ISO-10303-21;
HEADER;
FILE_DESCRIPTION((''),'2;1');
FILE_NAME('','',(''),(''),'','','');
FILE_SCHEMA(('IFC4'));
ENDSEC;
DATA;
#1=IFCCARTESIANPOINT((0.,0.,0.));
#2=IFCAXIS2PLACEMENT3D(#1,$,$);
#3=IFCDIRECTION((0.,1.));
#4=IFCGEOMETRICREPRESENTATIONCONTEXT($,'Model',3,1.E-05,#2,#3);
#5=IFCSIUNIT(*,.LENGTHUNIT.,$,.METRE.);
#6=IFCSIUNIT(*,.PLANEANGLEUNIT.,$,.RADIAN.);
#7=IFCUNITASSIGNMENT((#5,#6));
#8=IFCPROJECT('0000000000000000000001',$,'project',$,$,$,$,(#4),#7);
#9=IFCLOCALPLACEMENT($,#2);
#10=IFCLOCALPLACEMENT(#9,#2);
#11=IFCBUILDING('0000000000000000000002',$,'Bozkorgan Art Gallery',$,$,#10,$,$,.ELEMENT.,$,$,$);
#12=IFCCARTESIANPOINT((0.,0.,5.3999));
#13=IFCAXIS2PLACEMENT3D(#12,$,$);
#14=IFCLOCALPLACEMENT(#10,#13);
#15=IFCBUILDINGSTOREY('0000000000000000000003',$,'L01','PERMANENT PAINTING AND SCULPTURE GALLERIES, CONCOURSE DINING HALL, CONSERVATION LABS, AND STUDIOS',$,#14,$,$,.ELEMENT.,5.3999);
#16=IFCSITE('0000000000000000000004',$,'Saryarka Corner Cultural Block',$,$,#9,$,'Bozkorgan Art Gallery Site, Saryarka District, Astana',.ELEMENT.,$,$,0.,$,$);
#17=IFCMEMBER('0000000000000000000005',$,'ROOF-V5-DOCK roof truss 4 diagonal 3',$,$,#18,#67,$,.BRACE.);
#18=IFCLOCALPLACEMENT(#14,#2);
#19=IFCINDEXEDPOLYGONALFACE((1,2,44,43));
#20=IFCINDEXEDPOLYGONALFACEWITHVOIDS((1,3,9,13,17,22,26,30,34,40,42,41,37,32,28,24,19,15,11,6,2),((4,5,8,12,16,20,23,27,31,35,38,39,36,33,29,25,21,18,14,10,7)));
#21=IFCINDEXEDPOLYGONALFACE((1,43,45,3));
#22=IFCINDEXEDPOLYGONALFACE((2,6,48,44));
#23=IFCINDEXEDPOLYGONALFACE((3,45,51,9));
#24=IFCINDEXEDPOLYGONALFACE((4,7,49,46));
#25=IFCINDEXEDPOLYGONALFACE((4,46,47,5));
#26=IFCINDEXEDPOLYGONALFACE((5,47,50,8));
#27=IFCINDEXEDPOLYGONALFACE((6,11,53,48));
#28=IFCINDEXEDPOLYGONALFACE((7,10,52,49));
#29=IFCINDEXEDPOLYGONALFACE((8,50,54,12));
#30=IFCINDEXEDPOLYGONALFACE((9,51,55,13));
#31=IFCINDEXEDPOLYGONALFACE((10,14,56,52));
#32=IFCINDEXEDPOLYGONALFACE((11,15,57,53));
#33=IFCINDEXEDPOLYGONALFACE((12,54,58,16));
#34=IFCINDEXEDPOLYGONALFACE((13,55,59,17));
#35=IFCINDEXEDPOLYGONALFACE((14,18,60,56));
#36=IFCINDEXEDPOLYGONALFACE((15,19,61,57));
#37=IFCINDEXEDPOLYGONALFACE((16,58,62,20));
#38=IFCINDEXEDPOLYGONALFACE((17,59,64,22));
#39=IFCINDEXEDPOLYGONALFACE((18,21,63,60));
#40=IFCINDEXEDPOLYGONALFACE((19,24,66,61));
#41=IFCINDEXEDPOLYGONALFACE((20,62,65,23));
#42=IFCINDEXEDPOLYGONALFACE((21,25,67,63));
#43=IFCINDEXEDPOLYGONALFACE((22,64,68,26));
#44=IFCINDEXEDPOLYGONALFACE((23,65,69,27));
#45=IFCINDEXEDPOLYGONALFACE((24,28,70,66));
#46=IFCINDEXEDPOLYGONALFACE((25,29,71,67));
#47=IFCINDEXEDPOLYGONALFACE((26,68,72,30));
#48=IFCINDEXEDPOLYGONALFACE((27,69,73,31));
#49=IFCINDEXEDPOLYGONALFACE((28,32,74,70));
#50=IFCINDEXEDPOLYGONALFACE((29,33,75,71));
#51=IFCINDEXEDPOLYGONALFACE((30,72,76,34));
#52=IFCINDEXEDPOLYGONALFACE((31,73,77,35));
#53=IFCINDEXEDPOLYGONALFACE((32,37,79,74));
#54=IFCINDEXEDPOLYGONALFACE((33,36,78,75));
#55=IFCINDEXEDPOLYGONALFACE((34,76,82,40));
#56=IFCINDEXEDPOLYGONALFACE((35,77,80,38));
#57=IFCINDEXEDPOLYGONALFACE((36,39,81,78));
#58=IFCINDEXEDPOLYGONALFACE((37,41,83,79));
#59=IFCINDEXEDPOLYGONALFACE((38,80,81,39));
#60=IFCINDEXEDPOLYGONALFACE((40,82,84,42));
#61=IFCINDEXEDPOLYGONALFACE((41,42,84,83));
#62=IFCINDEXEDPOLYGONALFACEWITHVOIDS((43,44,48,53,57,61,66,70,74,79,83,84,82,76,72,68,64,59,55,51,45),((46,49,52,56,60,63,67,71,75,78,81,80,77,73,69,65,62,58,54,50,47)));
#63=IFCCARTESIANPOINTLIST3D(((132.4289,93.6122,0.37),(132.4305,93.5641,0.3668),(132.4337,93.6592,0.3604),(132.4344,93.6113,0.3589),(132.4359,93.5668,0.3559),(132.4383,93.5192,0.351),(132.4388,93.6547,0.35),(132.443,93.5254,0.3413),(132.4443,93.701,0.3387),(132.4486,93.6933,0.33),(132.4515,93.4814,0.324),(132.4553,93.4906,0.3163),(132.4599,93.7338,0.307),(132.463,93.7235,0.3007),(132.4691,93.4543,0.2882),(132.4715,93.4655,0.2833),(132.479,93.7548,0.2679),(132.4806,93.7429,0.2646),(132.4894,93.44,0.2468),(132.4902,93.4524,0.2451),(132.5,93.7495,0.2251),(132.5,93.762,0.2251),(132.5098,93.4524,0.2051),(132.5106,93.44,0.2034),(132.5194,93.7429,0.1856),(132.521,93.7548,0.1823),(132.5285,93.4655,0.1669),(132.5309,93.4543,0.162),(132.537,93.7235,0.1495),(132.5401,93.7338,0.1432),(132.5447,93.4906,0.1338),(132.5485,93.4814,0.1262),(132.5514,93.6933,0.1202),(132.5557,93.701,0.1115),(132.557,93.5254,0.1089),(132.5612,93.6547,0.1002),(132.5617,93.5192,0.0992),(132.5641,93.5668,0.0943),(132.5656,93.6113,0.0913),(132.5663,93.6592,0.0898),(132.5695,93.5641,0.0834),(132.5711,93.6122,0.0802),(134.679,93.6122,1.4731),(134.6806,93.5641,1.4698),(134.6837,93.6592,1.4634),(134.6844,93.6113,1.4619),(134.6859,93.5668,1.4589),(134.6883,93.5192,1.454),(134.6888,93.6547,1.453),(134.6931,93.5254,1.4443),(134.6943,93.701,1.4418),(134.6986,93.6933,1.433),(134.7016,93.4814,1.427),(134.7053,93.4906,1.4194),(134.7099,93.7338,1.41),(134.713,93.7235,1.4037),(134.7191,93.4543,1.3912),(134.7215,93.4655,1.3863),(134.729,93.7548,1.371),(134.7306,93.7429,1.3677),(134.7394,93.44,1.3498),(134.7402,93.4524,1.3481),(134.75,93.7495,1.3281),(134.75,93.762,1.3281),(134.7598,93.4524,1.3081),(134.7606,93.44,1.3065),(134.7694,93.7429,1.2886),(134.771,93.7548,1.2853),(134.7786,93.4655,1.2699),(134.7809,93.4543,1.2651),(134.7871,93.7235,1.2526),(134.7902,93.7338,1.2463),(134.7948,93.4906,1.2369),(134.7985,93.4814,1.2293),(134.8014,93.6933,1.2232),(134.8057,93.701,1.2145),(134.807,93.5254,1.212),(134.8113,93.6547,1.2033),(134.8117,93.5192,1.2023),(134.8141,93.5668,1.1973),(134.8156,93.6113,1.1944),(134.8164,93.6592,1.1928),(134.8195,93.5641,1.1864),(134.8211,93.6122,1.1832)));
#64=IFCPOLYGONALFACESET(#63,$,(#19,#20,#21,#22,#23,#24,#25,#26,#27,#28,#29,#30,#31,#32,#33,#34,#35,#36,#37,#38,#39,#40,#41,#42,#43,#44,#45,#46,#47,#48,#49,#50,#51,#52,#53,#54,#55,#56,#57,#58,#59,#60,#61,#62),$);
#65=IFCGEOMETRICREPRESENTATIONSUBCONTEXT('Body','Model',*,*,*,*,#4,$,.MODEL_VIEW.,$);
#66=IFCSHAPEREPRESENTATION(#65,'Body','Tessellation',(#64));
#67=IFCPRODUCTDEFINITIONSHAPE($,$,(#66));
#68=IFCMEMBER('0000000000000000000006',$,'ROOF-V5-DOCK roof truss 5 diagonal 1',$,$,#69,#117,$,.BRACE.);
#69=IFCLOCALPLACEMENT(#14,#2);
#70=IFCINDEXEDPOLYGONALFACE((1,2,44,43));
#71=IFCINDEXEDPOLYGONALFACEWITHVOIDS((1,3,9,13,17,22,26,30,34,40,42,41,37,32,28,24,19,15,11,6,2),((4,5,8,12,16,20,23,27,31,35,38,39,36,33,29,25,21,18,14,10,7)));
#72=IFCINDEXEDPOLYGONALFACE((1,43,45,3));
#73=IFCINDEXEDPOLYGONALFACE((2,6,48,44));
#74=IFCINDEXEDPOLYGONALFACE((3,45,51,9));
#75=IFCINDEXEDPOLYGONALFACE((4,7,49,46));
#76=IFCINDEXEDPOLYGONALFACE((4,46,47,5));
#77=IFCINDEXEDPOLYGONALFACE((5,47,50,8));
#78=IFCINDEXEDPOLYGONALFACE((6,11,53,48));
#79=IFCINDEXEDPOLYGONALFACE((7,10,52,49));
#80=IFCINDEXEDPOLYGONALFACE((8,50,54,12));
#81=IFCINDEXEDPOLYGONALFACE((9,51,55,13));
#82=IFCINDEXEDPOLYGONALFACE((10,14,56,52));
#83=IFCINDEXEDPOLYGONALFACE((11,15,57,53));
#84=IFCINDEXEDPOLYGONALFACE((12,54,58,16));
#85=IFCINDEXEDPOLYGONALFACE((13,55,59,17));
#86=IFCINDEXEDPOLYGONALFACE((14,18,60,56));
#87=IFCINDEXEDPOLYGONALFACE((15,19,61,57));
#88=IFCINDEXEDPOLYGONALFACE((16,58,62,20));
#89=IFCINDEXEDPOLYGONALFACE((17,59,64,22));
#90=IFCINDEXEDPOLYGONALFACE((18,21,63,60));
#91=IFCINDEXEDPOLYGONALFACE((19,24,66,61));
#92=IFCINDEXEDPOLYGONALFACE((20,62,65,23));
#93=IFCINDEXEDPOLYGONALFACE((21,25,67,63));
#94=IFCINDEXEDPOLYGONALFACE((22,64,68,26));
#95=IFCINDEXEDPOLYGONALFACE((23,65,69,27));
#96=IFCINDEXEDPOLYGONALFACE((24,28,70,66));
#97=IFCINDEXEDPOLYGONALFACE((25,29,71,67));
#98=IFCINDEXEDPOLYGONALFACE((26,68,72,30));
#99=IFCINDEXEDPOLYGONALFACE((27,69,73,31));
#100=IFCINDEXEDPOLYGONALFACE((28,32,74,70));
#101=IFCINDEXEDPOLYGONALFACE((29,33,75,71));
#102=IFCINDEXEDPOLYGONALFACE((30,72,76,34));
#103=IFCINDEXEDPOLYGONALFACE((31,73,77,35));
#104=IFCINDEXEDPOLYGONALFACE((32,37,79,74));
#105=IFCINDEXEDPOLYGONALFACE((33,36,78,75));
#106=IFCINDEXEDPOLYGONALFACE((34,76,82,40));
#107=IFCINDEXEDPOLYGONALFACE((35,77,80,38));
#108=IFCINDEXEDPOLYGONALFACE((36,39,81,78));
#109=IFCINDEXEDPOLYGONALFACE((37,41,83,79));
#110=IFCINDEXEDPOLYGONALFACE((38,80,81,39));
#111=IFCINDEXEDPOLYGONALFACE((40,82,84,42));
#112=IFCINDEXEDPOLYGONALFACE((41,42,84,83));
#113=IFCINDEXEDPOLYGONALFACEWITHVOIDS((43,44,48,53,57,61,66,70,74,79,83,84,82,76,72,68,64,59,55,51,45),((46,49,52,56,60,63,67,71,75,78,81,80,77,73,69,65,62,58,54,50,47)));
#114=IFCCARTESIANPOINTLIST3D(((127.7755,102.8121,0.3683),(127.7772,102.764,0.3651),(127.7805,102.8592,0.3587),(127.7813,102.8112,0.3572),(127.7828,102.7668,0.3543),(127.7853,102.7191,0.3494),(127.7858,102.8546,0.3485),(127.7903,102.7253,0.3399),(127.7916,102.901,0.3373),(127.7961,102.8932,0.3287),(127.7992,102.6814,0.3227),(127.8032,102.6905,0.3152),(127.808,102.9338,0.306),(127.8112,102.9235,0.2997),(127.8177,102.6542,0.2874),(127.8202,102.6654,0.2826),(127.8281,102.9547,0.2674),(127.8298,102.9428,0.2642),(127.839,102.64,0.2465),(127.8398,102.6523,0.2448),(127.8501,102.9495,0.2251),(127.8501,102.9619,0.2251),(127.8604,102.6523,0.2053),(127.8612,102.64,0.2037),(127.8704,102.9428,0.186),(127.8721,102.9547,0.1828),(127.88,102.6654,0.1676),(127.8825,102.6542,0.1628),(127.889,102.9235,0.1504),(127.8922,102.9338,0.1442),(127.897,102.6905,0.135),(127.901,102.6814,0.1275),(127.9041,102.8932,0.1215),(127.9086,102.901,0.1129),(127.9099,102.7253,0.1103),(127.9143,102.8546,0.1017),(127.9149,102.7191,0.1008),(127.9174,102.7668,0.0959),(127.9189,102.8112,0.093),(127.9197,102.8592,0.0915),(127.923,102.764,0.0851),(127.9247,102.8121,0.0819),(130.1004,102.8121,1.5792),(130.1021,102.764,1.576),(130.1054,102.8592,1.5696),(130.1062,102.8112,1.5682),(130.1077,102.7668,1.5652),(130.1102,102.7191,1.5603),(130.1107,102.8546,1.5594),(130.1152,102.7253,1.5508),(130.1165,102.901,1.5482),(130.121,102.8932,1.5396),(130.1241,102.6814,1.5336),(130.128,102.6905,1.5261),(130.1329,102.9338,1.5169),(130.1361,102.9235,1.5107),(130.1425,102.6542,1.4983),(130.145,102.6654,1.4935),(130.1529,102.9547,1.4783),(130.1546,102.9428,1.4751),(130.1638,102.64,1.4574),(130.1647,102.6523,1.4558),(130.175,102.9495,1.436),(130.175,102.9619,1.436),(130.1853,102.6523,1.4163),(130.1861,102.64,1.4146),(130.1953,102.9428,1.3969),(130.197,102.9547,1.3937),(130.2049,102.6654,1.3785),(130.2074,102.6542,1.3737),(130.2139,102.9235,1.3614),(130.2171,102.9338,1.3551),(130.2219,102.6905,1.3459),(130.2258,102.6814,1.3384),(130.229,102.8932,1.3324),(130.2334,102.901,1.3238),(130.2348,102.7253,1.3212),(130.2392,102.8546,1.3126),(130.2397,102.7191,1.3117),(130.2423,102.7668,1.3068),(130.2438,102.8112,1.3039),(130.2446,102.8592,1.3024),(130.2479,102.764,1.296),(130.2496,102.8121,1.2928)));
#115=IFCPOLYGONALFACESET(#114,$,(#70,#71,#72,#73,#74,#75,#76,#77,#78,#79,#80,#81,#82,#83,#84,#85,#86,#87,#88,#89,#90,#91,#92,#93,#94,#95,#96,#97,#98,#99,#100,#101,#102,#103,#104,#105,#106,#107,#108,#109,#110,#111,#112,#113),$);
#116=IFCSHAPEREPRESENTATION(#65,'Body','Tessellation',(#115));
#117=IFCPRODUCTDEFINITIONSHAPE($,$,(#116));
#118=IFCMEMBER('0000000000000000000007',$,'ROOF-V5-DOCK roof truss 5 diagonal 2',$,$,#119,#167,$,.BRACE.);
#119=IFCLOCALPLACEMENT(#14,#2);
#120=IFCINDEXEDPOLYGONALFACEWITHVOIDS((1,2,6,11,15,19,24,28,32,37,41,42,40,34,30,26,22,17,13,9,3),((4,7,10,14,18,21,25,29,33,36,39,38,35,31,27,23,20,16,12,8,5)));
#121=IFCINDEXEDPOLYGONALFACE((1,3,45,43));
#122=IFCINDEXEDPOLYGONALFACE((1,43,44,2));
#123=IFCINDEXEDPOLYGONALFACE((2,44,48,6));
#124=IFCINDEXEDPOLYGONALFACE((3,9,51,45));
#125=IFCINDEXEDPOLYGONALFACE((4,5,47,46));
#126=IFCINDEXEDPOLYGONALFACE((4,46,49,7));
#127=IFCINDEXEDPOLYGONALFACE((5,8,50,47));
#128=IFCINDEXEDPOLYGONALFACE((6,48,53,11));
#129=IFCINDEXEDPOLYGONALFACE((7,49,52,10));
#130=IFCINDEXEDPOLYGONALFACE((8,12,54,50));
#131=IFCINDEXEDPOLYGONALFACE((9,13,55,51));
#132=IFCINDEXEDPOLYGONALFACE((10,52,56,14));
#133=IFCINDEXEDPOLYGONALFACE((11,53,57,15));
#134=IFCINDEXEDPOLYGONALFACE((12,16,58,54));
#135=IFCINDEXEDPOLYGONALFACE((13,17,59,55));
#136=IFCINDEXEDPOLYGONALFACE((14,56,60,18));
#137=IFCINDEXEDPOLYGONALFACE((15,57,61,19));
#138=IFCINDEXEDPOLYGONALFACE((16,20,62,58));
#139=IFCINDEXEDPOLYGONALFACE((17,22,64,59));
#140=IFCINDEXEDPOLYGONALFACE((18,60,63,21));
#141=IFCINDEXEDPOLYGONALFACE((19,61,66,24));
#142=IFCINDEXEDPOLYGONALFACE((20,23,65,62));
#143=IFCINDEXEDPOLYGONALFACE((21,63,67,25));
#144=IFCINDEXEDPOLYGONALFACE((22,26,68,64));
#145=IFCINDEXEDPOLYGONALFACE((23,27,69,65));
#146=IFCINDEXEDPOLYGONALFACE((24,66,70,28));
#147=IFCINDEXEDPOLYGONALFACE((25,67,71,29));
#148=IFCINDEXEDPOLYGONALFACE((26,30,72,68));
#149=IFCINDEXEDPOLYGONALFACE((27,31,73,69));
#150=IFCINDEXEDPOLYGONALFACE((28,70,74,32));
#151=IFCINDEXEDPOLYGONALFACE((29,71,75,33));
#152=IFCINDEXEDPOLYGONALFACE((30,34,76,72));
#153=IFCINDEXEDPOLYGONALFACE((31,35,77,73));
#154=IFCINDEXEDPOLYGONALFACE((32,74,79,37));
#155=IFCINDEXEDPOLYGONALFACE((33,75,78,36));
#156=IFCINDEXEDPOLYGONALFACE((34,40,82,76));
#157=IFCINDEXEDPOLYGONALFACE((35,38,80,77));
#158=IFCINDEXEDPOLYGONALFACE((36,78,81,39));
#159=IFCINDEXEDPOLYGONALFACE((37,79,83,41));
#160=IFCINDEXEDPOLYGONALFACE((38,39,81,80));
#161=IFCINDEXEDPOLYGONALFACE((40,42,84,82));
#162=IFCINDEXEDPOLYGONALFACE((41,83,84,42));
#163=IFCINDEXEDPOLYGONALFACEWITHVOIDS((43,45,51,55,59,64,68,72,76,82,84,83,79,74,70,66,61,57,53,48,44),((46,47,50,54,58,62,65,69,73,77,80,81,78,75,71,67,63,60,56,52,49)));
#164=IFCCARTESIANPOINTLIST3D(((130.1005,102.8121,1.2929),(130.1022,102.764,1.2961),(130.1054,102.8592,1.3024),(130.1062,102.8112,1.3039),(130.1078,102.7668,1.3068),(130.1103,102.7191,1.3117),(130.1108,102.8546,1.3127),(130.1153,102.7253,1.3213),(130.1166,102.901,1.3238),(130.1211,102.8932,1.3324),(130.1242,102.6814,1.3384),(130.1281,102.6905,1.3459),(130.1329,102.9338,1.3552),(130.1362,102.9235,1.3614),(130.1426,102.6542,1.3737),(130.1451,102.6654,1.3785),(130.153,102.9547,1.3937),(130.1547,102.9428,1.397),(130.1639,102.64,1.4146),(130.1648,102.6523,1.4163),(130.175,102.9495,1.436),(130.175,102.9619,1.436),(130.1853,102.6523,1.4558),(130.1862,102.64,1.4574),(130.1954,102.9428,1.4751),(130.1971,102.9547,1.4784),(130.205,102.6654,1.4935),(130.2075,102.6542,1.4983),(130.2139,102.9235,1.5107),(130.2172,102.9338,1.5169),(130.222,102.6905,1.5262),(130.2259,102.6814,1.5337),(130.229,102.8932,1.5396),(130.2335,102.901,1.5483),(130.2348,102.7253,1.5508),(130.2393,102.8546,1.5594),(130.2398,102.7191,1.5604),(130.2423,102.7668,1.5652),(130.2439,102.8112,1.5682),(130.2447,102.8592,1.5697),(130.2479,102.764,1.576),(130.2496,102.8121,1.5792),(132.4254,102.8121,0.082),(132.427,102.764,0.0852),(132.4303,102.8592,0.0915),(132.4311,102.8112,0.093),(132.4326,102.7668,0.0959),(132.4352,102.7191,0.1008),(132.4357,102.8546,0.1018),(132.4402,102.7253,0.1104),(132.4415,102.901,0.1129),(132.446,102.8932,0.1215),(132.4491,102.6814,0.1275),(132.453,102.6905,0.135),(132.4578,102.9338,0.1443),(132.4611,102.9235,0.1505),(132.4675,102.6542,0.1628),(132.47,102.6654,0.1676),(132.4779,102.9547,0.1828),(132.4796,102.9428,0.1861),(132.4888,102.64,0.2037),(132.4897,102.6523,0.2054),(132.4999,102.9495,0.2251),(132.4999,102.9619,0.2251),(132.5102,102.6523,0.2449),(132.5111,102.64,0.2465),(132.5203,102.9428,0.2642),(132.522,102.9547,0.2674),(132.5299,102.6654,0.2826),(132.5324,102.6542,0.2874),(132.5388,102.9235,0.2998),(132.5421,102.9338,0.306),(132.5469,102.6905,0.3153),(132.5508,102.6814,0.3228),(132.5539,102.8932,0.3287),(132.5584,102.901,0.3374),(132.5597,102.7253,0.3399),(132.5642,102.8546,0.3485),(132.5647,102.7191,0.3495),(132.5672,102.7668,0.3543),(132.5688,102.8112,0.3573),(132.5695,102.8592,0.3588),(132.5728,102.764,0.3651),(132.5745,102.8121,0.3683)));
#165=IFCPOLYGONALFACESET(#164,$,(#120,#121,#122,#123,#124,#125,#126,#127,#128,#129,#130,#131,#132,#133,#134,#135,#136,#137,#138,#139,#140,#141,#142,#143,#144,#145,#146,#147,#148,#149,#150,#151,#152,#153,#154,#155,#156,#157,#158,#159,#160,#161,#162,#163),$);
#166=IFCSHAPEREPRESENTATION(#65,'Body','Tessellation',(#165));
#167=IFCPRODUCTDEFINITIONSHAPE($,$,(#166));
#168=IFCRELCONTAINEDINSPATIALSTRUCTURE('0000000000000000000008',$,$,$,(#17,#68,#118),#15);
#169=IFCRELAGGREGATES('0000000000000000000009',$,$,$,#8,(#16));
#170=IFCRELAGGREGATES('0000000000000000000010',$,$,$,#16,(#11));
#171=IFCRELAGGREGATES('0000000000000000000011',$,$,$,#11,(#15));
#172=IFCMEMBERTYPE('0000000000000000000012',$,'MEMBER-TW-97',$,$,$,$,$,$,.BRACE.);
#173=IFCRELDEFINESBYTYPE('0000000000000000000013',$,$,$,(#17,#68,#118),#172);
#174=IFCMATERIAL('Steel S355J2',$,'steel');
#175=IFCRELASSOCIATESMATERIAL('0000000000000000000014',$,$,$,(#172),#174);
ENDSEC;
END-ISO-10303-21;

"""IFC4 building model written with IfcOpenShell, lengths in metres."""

from ifc_helpers import new_model, si_unit, direction, frame, origin, origin_2d, place, context, subcontext, project, spatial, hollow_circle, extrude, material, material_profile, profile_set, type_object, element, save


model = new_model("IFC4")

# Units and contexts
model_context = context("Model", 3, precision=1e-05, world=origin(), true_north=direction((0.0, 1.0)))
body_context = subcontext(model_context, "Body", "Model", "MODEL_VIEW")
ifc_project = project(units=[si_unit("LENGTHUNIT", "METRE"), si_unit("PLANEANGLEUNIT", "RADIAN")], contexts=[model_context])

# Site, building, storey
site_placement = place(None, origin())
site = spatial("IfcSite", under=ifc_project, at=site_placement, Name="Saryarka Corner Cultural Block", LongName="Bozkorgan Art Gallery Site, Saryarka District, Astana", CompositionType="ELEMENT", RefElevation=0.0)
building_placement = place(site_placement, origin())
building = spatial("IfcBuilding", under=site, at=building_placement, Name="Bozkorgan Art Gallery", CompositionType="ELEMENT")
storey_placement = place(building_placement, frame((0.0, 0.0, 5.3999)))
storey = spatial("IfcBuildingStorey", under=building, at=storey_placement, Name="L01", Description="PERMANENT PAINTING AND SCULPTURE GALLERIES, CONCOURSE DINING HALL, CONSERVATION LABS, AND STUDIOS", CompositionType="ELEMENT", Elevation=5.3999)

# Members
ifc_material_1 = material(Name="Steel S355J2", Category="steel")
ifc_material_profile_1 = material_profile(ifc_material_1, hollow_circle(Radius=0.1619, WallThickness=0.0125, at=origin_2d()), Name="CHS 323.9x12.5")
ifc_profile_set_1 = profile_set([ifc_material_profile_1], Name="Steel S355J2")
member_type_1 = type_object("IfcMemberType", Name="MEMBER-TW-97", PredefinedType="BRACE", material=ifc_profile_set_1)
member_1_placement = place(storey_placement, frame((132.5, 93.6001, 0.2251), z_axis=(0.897907, 0.0, 0.440185), x_axis=(0.0, 1.0, 0.0)))
element("IfcMember", 1, at=member_1_placement, inside=storey, type_object=member_type_1, Name="ROOF-V5-DOCK roof truss 4 diagonal 3", PredefinedType="BRACE", context=body_context, shape_type="SweptSolid", body=[
    extrude(hollow_circle(Radius=0.1619, WallThickness=0.0125, at=origin_2d()), origin(), (0.0, 0.0, 1.0), 2.5059),
])
for number, where, z_axis, x_axis, name in (
    (2, (127.8501, 102.8, 0.2251), (0.88691, 0.0, 0.461942), (0.0, 1.0, 0.0), "ROOF-V5-DOCK roof truss 5 diagonal 1"),
    (3, (130.175, 102.8, 1.436), (0.88691, 0.0, -0.461942), (0.0, 1.0, 0.0), "ROOF-V5-DOCK roof truss 5 diagonal 2"),
):
    element("IfcMember", number, at=place(storey_placement, frame(where, z_axis=z_axis, x_axis=x_axis)), inside=storey, type_object=member_type_1, Name=name, PredefinedType="BRACE", context=body_context, shape_type="SweptSolid", body=[
        extrude(hollow_circle(Radius=0.1619, WallThickness=0.0125, at=origin_2d()), origin(), (0.0, 0.0, 1.0), 2.6213),
    ])

save(model, "model.ifc")
